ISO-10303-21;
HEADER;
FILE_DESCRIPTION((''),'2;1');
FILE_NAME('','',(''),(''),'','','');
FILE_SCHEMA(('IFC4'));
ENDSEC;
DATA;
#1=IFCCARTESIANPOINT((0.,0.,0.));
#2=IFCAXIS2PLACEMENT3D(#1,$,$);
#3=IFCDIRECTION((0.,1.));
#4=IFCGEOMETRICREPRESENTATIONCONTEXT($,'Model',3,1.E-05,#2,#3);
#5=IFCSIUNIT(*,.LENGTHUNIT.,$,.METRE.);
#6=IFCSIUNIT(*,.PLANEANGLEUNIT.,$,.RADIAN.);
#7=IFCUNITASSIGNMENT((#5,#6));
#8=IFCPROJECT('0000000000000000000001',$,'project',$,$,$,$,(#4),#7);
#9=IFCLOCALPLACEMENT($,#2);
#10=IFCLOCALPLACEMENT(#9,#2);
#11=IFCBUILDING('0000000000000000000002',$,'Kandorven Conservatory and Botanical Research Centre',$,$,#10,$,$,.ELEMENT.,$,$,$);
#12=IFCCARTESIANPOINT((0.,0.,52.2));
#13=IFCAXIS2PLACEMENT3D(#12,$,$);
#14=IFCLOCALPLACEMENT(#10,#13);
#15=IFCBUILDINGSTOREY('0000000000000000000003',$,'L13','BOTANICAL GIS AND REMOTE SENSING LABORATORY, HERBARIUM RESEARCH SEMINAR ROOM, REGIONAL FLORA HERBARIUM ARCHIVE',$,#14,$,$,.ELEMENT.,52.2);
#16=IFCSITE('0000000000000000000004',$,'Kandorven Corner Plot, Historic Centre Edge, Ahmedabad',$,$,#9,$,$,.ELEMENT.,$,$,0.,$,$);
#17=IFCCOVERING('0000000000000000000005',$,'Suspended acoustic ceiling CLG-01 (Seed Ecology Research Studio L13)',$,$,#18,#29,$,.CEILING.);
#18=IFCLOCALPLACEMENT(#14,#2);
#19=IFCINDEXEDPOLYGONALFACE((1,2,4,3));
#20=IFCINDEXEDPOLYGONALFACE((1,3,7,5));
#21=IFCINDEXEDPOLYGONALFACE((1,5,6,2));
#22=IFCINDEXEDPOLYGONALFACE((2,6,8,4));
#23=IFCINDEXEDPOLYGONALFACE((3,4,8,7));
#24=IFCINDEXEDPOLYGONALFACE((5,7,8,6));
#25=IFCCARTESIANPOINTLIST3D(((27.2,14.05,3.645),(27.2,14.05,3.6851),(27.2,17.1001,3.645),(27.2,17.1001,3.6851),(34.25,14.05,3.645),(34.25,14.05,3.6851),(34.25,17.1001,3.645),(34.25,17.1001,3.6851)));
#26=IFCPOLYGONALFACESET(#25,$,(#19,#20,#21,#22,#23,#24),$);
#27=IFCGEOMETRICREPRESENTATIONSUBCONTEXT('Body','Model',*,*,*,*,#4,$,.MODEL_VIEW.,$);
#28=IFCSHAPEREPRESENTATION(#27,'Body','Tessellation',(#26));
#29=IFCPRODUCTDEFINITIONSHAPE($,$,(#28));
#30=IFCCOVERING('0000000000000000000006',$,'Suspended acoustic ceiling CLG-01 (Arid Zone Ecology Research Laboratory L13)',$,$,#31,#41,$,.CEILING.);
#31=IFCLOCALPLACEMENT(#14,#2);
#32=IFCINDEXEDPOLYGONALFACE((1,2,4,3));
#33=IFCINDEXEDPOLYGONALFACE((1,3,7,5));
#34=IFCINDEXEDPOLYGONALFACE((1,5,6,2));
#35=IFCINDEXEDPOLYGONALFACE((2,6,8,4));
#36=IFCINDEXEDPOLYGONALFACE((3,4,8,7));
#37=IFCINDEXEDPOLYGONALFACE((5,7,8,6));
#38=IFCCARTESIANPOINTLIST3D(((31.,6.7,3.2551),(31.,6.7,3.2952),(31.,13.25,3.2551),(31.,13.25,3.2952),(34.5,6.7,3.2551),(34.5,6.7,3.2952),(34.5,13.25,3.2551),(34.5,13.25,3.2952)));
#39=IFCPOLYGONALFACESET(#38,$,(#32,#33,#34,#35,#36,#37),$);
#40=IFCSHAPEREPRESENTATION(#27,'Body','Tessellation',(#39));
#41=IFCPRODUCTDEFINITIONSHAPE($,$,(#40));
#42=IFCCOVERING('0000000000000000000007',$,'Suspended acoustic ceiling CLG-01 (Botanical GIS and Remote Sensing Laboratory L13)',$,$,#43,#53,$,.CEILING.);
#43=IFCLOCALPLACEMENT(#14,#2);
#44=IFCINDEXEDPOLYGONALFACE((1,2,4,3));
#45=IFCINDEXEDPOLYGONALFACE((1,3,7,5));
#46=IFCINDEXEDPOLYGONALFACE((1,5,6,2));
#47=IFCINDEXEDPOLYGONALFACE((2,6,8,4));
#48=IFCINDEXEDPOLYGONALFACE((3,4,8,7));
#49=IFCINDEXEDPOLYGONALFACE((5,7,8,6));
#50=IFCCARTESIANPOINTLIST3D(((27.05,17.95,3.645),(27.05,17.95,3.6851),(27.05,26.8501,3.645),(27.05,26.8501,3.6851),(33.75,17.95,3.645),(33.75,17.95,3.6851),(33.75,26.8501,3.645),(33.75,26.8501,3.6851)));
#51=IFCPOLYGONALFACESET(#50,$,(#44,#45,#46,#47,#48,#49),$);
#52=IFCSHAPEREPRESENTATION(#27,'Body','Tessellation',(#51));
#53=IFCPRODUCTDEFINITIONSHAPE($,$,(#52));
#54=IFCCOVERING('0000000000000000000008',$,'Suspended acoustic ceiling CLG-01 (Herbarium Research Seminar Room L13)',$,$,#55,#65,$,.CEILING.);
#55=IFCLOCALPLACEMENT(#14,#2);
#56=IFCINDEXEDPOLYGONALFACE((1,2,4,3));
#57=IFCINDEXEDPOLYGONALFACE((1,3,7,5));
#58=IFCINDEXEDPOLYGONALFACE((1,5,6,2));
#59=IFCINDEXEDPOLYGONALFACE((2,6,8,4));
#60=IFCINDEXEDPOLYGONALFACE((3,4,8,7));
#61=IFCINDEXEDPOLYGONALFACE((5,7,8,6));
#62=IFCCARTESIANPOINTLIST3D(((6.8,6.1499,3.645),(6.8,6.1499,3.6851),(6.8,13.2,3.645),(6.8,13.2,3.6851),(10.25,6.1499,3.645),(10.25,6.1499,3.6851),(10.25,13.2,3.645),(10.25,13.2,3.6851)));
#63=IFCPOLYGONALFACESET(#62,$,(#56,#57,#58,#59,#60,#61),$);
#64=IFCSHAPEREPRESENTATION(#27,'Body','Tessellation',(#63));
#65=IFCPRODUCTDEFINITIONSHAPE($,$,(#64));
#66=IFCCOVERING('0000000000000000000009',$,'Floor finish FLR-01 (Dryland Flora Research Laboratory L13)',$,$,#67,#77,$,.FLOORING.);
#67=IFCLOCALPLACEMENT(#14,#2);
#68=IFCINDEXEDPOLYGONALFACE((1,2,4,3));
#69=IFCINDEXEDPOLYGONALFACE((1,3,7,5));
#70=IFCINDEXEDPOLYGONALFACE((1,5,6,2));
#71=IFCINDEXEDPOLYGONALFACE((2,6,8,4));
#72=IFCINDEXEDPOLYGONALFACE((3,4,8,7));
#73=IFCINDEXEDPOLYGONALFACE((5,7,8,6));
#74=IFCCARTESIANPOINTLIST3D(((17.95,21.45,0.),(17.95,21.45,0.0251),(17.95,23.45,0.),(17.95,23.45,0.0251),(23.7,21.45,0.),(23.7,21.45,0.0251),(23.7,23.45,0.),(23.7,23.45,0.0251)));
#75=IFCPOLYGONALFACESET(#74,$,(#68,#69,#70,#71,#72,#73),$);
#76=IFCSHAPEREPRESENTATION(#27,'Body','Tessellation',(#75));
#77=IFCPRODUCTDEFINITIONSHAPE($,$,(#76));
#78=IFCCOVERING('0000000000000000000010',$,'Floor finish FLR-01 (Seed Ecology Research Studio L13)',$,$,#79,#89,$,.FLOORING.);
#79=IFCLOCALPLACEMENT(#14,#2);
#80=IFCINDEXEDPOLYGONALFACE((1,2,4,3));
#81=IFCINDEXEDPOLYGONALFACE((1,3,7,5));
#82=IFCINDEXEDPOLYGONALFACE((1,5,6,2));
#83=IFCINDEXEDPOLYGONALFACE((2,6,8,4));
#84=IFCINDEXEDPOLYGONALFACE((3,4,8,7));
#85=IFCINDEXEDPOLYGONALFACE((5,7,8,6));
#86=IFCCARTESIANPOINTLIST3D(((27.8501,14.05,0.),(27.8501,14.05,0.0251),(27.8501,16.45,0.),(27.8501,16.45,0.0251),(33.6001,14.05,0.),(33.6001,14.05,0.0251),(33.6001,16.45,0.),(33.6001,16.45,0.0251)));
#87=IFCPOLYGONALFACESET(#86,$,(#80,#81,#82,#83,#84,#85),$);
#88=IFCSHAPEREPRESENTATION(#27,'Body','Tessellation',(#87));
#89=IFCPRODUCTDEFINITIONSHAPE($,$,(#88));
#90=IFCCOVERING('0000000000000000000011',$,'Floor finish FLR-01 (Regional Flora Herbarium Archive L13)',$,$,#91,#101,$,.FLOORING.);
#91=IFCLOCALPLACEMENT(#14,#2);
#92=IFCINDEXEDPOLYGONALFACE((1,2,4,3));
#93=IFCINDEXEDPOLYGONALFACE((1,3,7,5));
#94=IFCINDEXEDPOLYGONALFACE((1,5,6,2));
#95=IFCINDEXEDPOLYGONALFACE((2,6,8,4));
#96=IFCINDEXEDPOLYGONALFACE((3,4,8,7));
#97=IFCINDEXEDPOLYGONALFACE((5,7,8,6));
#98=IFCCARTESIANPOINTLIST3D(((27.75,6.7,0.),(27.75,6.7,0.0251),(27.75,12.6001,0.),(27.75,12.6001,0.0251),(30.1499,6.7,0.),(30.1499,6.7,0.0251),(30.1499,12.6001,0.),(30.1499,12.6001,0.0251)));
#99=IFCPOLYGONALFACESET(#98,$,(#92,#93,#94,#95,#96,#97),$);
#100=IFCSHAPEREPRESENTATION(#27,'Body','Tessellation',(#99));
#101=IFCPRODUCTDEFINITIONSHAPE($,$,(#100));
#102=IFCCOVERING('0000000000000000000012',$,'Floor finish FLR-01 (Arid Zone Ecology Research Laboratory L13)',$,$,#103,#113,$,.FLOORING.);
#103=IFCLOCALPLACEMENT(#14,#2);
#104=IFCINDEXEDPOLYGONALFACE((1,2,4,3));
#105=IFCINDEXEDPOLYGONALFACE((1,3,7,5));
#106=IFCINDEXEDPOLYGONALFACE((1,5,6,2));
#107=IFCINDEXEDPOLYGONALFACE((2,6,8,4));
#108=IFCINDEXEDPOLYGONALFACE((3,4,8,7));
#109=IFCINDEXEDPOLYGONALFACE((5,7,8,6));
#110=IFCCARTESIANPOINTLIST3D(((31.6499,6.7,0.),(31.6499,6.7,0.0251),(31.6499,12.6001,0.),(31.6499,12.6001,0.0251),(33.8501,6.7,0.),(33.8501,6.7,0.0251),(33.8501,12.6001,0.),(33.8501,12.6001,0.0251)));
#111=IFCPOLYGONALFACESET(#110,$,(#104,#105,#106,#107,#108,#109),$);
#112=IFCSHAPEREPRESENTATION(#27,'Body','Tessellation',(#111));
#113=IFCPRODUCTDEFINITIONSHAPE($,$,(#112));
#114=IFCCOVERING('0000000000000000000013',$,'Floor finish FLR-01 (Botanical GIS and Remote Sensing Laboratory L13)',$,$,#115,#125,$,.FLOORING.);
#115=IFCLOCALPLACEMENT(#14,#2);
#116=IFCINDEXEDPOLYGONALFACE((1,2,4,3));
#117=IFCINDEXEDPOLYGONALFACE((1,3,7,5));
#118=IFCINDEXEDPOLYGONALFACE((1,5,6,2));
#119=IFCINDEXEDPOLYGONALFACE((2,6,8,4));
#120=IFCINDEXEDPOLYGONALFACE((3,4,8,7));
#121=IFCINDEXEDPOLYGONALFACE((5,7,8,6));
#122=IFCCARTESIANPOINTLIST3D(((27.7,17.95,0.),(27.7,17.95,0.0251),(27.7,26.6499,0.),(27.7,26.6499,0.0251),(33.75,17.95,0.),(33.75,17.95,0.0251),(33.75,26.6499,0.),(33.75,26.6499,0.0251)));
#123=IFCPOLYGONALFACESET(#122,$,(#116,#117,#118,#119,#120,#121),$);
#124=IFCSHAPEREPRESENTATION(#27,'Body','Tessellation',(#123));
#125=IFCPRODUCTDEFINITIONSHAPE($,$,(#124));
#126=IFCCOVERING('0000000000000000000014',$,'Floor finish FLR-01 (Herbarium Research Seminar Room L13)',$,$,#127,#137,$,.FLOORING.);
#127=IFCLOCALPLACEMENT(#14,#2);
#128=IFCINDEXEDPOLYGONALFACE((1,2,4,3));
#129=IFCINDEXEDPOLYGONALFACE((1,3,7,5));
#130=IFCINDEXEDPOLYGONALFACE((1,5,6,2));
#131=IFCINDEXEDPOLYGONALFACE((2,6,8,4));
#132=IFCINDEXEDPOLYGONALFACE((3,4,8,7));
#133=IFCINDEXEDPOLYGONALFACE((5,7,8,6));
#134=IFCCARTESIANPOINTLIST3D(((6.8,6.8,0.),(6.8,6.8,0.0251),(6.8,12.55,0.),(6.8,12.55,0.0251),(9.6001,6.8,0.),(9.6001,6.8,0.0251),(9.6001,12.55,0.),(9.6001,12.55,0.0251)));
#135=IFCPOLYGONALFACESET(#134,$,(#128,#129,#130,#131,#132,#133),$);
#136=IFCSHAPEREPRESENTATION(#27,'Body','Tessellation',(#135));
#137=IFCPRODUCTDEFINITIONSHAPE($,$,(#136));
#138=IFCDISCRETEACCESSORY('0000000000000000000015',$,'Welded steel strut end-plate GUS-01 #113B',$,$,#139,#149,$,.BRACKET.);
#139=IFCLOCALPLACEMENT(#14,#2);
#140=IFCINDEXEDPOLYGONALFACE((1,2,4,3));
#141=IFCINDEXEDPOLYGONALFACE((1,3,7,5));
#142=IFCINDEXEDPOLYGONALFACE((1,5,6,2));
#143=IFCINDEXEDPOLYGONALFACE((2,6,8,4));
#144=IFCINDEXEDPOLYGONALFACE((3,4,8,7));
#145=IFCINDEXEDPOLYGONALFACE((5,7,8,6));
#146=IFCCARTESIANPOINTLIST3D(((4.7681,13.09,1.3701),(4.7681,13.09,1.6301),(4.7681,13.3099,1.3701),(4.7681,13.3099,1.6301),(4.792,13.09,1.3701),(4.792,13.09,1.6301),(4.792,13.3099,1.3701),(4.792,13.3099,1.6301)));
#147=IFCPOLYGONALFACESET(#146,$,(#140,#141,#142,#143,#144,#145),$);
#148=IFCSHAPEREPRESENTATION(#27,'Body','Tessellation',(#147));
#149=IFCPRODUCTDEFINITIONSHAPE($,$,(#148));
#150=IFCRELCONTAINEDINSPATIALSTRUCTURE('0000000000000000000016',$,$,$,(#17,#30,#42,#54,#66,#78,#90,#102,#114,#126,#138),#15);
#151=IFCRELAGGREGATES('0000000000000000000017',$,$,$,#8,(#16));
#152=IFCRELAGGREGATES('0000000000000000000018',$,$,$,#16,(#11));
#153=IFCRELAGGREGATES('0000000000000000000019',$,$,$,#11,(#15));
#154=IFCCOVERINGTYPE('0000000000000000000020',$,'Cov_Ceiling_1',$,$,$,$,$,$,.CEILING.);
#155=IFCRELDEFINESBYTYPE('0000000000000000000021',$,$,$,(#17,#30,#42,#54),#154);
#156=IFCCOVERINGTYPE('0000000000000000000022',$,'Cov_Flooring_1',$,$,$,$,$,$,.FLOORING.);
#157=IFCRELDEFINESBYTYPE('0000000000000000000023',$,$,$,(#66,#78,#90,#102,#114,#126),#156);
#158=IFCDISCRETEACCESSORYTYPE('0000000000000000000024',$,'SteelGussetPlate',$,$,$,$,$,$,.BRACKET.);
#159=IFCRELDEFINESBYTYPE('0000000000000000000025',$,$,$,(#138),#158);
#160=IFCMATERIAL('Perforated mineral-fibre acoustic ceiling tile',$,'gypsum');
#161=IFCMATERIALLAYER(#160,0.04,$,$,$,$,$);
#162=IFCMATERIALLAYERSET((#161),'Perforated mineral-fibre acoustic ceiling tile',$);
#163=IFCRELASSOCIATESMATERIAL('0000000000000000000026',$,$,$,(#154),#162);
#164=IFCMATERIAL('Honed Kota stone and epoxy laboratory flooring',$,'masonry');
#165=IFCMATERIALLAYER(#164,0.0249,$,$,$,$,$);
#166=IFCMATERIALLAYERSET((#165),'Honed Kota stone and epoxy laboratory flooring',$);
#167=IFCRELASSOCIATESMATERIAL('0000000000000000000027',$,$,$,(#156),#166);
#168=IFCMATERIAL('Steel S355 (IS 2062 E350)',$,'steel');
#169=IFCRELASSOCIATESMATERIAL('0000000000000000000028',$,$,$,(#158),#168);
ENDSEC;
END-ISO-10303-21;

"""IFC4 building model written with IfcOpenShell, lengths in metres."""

from ifc_helpers import new_model, si_unit, direction, frame, origin, origin_2d, place, context, subcontext, project, spatial, polyline, rectangle, outline, extrude, material, layer, layer_set, type_object, element, save


model = new_model("IFC4")

# Units and contexts
model_context = context("Model", 3, precision=1e-05, world=origin(), true_north=direction((0.0, 1.0)))
body_context = subcontext(model_context, "Body", "Model", "MODEL_VIEW")
ifc_project = project(units=[si_unit("LENGTHUNIT", "METRE"), si_unit("PLANEANGLEUNIT", "RADIAN")], contexts=[model_context])

# Site, building, storey
site_placement = place(None, origin())
site = spatial("IfcSite", under=ifc_project, at=site_placement, Name="Kandorven Corner Plot, Historic Centre Edge, Ahmedabad", CompositionType="ELEMENT", RefElevation=0.0)
building_placement = place(site_placement, origin())
building = spatial("IfcBuilding", under=site, at=building_placement, Name="Kandorven Conservatory and Botanical Research Centre", CompositionType="ELEMENT")
storey_placement = place(building_placement, frame((0.0, 0.0, 52.2)))
storey = spatial("IfcBuildingStorey", under=building, at=storey_placement, Name="L13", Description="BOTANICAL GIS AND REMOTE SENSING LABORATORY, HERBARIUM RESEARCH SEMINAR ROOM, REGIONAL FLORA HERBARIUM ARCHIVE", CompositionType="ELEMENT", Elevation=52.2)

# Coverings
ifc_material_1 = material(Name="Perforated mineral-fibre acoustic ceiling tile", Category="gypsum")
ifc_layer_1 = layer(ifc_material_1, 0.04)
ifc_layer_set_1 = layer_set([ifc_layer_1], Name="Perforated mineral-fibre acoustic ceiling tile")
covering_type_1 = type_object("IfcCoveringType", Name="Cov_Ceiling_1", PredefinedType="CEILING", material=ifc_layer_set_1)
covering_1_placement = place(storey_placement, frame((0.0, 0.0, 3.645)))
element("IfcCovering", 1, at=covering_1_placement, inside=storey, type_object=covering_type_1, Name="Suspended acoustic ceiling CLG-01 (Seed Ecology Research Studio L13)", PredefinedType="CEILING", context=body_context, shape_type="SweptSolid", body=[
    extrude(outline(polyline([(27.2, 14.05), (34.25, 14.05), (34.25, 17.1001), (27.2, 17.1001), (27.2, 14.05)])), origin(), (0.0, 0.0, 1.0), 0.04),
])
covering_2_placement = place(storey_placement, frame((0.0, 0.0, 3.2551)))
element("IfcCovering", 2, at=covering_2_placement, inside=storey, type_object=covering_type_1, Name="Suspended acoustic ceiling CLG-01 (Arid Zone Ecology Research Laboratory L13)", PredefinedType="CEILING", context=body_context, shape_type="SweptSolid", body=[
    extrude(outline(polyline([(31.0, 6.7), (34.5, 6.7), (34.5, 13.25), (31.0, 13.25), (31.0, 6.7)])), origin(), (0.0, 0.0, 1.0), 0.04),
])
covering_3_placement = place(storey_placement, frame((0.0, 0.0, 3.645)))
element("IfcCovering", 3, at=covering_3_placement, inside=storey, type_object=covering_type_1, Name="Suspended acoustic ceiling CLG-01 (Botanical GIS and Remote Sensing Laboratory L13)", PredefinedType="CEILING", context=body_context, shape_type="SweptSolid", body=[
    extrude(outline(polyline([(27.05, 17.95), (33.75, 17.95), (33.75, 26.8501), (27.05, 26.8501), (27.05, 17.95)])), origin(), (0.0, 0.0, 1.0), 0.04),
])
covering_4_placement = place(storey_placement, frame((0.0, 0.0, 3.645)))
element("IfcCovering", 4, at=covering_4_placement, inside=storey, type_object=covering_type_1, Name="Suspended acoustic ceiling CLG-01 (Herbarium Research Seminar Room L13)", PredefinedType="CEILING", context=body_context, shape_type="SweptSolid", body=[
    extrude(outline(polyline([(6.8, 6.1499), (10.25, 6.1499), (10.25, 13.2), (6.8, 13.2), (6.8, 6.1499)])), origin(), (0.0, 0.0, 1.0), 0.04),
])
ifc_material_2 = material(Name="Honed Kota stone and epoxy laboratory flooring", Category="masonry")
ifc_layer_2 = layer(ifc_material_2, 0.0249)
ifc_layer_set_2 = layer_set([ifc_layer_2], Name="Honed Kota stone and epoxy laboratory flooring")
covering_type_2 = type_object("IfcCoveringType", Name="Cov_Flooring_1", PredefinedType="FLOORING", material=ifc_layer_set_2)
covering_5_placement = place(storey_placement, origin())
element("IfcCovering", 5, at=covering_5_placement, inside=storey, type_object=covering_type_2, Name="Floor finish FLR-01 (Dryland Flora Research Laboratory L13)", PredefinedType="FLOORING", context=body_context, shape_type="SweptSolid", body=[
    extrude(outline(polyline([(17.95, 21.45), (23.7, 21.45), (23.7, 23.45), (17.95, 23.45), (17.95, 21.45)])), origin(), (0.0, 0.0, 1.0), 0.0251),
])
covering_6_placement = place(storey_placement, origin())
element("IfcCovering", 6, at=covering_6_placement, inside=storey, type_object=covering_type_2, Name="Floor finish FLR-01 (Seed Ecology Research Studio L13)", PredefinedType="FLOORING", context=body_context, shape_type="SweptSolid", body=[
    extrude(outline(polyline([(27.8501, 14.05), (33.6001, 14.05), (33.6001, 16.45), (27.8501, 16.45), (27.8501, 14.05)])), origin(), (0.0, 0.0, 1.0), 0.0251),
])
covering_7_placement = place(storey_placement, origin())
element("IfcCovering", 7, at=covering_7_placement, inside=storey, type_object=covering_type_2, Name="Floor finish FLR-01 (Regional Flora Herbarium Archive L13)", PredefinedType="FLOORING", context=body_context, shape_type="SweptSolid", body=[
    extrude(outline(polyline([(27.75, 6.7), (30.1499, 6.7), (30.1499, 12.6001), (27.75, 12.6001), (27.75, 6.7)])), origin(), (0.0, 0.0, 1.0), 0.0251),
])
covering_8_placement = place(storey_placement, origin())
element("IfcCovering", 8, at=covering_8_placement, inside=storey, type_object=covering_type_2, Name="Floor finish FLR-01 (Arid Zone Ecology Research Laboratory L13)", PredefinedType="FLOORING", context=body_context, shape_type="SweptSolid", body=[
    extrude(outline(polyline([(31.6499, 6.7), (33.8501, 6.7), (33.8501, 12.6001), (31.6499, 12.6001), (31.6499, 6.7)])), origin(), (0.0, 0.0, 1.0), 0.0251),
])
covering_9_placement = place(storey_placement, origin())
element("IfcCovering", 9, at=covering_9_placement, inside=storey, type_object=covering_type_2, Name="Floor finish FLR-01 (Botanical GIS and Remote Sensing Laboratory L13)", PredefinedType="FLOORING", context=body_context, shape_type="SweptSolid", body=[
    extrude(outline(polyline([(27.7, 17.95), (33.75, 17.95), (33.75, 26.6499), (27.7, 26.6499), (27.7, 17.95)])), origin(), (0.0, 0.0, 1.0), 0.0251),
])
covering_10_placement = place(storey_placement, origin())
element("IfcCovering", 10, at=covering_10_placement, inside=storey, type_object=covering_type_2, Name="Floor finish FLR-01 (Herbarium Research Seminar Room L13)", PredefinedType="FLOORING", context=body_context, shape_type="SweptSolid", body=[
    extrude(outline(polyline([(6.8, 6.8), (9.6001, 6.8), (9.6001, 12.55), (6.8, 12.55), (6.8, 6.8)])), origin(), (0.0, 0.0, 1.0), 0.0251),
])

# Discrete accessory
ifc_material_3 = material(Name="Steel S355 (IS 2062 E350)", Category="steel")
discrete_accessory_type = type_object("IfcDiscreteAccessoryType", Name="SteelGussetPlate", PredefinedType="BRACKET", material=ifc_material_3)
discrete_accessory_placement = place(storey_placement, frame((4.78, 13.2, 1.3701), z_axis=(0.0, 0.0, 1.0), x_axis=(1.0, 0.0, 0.0)))
element("IfcDiscreteAccessory", 11, at=discrete_accessory_placement, inside=storey, type_object=discrete_accessory_type, Name="Welded steel strut end-plate GUS-01 #113B", PredefinedType="BRACKET", context=body_context, shape_type="SweptSolid", body=[
    extrude(rectangle(XDim=0.0239, YDim=0.22, at=origin_2d()), origin(), (0.0, 0.0, 1.0), 0.26),
])

save(model, "model.ifc")
